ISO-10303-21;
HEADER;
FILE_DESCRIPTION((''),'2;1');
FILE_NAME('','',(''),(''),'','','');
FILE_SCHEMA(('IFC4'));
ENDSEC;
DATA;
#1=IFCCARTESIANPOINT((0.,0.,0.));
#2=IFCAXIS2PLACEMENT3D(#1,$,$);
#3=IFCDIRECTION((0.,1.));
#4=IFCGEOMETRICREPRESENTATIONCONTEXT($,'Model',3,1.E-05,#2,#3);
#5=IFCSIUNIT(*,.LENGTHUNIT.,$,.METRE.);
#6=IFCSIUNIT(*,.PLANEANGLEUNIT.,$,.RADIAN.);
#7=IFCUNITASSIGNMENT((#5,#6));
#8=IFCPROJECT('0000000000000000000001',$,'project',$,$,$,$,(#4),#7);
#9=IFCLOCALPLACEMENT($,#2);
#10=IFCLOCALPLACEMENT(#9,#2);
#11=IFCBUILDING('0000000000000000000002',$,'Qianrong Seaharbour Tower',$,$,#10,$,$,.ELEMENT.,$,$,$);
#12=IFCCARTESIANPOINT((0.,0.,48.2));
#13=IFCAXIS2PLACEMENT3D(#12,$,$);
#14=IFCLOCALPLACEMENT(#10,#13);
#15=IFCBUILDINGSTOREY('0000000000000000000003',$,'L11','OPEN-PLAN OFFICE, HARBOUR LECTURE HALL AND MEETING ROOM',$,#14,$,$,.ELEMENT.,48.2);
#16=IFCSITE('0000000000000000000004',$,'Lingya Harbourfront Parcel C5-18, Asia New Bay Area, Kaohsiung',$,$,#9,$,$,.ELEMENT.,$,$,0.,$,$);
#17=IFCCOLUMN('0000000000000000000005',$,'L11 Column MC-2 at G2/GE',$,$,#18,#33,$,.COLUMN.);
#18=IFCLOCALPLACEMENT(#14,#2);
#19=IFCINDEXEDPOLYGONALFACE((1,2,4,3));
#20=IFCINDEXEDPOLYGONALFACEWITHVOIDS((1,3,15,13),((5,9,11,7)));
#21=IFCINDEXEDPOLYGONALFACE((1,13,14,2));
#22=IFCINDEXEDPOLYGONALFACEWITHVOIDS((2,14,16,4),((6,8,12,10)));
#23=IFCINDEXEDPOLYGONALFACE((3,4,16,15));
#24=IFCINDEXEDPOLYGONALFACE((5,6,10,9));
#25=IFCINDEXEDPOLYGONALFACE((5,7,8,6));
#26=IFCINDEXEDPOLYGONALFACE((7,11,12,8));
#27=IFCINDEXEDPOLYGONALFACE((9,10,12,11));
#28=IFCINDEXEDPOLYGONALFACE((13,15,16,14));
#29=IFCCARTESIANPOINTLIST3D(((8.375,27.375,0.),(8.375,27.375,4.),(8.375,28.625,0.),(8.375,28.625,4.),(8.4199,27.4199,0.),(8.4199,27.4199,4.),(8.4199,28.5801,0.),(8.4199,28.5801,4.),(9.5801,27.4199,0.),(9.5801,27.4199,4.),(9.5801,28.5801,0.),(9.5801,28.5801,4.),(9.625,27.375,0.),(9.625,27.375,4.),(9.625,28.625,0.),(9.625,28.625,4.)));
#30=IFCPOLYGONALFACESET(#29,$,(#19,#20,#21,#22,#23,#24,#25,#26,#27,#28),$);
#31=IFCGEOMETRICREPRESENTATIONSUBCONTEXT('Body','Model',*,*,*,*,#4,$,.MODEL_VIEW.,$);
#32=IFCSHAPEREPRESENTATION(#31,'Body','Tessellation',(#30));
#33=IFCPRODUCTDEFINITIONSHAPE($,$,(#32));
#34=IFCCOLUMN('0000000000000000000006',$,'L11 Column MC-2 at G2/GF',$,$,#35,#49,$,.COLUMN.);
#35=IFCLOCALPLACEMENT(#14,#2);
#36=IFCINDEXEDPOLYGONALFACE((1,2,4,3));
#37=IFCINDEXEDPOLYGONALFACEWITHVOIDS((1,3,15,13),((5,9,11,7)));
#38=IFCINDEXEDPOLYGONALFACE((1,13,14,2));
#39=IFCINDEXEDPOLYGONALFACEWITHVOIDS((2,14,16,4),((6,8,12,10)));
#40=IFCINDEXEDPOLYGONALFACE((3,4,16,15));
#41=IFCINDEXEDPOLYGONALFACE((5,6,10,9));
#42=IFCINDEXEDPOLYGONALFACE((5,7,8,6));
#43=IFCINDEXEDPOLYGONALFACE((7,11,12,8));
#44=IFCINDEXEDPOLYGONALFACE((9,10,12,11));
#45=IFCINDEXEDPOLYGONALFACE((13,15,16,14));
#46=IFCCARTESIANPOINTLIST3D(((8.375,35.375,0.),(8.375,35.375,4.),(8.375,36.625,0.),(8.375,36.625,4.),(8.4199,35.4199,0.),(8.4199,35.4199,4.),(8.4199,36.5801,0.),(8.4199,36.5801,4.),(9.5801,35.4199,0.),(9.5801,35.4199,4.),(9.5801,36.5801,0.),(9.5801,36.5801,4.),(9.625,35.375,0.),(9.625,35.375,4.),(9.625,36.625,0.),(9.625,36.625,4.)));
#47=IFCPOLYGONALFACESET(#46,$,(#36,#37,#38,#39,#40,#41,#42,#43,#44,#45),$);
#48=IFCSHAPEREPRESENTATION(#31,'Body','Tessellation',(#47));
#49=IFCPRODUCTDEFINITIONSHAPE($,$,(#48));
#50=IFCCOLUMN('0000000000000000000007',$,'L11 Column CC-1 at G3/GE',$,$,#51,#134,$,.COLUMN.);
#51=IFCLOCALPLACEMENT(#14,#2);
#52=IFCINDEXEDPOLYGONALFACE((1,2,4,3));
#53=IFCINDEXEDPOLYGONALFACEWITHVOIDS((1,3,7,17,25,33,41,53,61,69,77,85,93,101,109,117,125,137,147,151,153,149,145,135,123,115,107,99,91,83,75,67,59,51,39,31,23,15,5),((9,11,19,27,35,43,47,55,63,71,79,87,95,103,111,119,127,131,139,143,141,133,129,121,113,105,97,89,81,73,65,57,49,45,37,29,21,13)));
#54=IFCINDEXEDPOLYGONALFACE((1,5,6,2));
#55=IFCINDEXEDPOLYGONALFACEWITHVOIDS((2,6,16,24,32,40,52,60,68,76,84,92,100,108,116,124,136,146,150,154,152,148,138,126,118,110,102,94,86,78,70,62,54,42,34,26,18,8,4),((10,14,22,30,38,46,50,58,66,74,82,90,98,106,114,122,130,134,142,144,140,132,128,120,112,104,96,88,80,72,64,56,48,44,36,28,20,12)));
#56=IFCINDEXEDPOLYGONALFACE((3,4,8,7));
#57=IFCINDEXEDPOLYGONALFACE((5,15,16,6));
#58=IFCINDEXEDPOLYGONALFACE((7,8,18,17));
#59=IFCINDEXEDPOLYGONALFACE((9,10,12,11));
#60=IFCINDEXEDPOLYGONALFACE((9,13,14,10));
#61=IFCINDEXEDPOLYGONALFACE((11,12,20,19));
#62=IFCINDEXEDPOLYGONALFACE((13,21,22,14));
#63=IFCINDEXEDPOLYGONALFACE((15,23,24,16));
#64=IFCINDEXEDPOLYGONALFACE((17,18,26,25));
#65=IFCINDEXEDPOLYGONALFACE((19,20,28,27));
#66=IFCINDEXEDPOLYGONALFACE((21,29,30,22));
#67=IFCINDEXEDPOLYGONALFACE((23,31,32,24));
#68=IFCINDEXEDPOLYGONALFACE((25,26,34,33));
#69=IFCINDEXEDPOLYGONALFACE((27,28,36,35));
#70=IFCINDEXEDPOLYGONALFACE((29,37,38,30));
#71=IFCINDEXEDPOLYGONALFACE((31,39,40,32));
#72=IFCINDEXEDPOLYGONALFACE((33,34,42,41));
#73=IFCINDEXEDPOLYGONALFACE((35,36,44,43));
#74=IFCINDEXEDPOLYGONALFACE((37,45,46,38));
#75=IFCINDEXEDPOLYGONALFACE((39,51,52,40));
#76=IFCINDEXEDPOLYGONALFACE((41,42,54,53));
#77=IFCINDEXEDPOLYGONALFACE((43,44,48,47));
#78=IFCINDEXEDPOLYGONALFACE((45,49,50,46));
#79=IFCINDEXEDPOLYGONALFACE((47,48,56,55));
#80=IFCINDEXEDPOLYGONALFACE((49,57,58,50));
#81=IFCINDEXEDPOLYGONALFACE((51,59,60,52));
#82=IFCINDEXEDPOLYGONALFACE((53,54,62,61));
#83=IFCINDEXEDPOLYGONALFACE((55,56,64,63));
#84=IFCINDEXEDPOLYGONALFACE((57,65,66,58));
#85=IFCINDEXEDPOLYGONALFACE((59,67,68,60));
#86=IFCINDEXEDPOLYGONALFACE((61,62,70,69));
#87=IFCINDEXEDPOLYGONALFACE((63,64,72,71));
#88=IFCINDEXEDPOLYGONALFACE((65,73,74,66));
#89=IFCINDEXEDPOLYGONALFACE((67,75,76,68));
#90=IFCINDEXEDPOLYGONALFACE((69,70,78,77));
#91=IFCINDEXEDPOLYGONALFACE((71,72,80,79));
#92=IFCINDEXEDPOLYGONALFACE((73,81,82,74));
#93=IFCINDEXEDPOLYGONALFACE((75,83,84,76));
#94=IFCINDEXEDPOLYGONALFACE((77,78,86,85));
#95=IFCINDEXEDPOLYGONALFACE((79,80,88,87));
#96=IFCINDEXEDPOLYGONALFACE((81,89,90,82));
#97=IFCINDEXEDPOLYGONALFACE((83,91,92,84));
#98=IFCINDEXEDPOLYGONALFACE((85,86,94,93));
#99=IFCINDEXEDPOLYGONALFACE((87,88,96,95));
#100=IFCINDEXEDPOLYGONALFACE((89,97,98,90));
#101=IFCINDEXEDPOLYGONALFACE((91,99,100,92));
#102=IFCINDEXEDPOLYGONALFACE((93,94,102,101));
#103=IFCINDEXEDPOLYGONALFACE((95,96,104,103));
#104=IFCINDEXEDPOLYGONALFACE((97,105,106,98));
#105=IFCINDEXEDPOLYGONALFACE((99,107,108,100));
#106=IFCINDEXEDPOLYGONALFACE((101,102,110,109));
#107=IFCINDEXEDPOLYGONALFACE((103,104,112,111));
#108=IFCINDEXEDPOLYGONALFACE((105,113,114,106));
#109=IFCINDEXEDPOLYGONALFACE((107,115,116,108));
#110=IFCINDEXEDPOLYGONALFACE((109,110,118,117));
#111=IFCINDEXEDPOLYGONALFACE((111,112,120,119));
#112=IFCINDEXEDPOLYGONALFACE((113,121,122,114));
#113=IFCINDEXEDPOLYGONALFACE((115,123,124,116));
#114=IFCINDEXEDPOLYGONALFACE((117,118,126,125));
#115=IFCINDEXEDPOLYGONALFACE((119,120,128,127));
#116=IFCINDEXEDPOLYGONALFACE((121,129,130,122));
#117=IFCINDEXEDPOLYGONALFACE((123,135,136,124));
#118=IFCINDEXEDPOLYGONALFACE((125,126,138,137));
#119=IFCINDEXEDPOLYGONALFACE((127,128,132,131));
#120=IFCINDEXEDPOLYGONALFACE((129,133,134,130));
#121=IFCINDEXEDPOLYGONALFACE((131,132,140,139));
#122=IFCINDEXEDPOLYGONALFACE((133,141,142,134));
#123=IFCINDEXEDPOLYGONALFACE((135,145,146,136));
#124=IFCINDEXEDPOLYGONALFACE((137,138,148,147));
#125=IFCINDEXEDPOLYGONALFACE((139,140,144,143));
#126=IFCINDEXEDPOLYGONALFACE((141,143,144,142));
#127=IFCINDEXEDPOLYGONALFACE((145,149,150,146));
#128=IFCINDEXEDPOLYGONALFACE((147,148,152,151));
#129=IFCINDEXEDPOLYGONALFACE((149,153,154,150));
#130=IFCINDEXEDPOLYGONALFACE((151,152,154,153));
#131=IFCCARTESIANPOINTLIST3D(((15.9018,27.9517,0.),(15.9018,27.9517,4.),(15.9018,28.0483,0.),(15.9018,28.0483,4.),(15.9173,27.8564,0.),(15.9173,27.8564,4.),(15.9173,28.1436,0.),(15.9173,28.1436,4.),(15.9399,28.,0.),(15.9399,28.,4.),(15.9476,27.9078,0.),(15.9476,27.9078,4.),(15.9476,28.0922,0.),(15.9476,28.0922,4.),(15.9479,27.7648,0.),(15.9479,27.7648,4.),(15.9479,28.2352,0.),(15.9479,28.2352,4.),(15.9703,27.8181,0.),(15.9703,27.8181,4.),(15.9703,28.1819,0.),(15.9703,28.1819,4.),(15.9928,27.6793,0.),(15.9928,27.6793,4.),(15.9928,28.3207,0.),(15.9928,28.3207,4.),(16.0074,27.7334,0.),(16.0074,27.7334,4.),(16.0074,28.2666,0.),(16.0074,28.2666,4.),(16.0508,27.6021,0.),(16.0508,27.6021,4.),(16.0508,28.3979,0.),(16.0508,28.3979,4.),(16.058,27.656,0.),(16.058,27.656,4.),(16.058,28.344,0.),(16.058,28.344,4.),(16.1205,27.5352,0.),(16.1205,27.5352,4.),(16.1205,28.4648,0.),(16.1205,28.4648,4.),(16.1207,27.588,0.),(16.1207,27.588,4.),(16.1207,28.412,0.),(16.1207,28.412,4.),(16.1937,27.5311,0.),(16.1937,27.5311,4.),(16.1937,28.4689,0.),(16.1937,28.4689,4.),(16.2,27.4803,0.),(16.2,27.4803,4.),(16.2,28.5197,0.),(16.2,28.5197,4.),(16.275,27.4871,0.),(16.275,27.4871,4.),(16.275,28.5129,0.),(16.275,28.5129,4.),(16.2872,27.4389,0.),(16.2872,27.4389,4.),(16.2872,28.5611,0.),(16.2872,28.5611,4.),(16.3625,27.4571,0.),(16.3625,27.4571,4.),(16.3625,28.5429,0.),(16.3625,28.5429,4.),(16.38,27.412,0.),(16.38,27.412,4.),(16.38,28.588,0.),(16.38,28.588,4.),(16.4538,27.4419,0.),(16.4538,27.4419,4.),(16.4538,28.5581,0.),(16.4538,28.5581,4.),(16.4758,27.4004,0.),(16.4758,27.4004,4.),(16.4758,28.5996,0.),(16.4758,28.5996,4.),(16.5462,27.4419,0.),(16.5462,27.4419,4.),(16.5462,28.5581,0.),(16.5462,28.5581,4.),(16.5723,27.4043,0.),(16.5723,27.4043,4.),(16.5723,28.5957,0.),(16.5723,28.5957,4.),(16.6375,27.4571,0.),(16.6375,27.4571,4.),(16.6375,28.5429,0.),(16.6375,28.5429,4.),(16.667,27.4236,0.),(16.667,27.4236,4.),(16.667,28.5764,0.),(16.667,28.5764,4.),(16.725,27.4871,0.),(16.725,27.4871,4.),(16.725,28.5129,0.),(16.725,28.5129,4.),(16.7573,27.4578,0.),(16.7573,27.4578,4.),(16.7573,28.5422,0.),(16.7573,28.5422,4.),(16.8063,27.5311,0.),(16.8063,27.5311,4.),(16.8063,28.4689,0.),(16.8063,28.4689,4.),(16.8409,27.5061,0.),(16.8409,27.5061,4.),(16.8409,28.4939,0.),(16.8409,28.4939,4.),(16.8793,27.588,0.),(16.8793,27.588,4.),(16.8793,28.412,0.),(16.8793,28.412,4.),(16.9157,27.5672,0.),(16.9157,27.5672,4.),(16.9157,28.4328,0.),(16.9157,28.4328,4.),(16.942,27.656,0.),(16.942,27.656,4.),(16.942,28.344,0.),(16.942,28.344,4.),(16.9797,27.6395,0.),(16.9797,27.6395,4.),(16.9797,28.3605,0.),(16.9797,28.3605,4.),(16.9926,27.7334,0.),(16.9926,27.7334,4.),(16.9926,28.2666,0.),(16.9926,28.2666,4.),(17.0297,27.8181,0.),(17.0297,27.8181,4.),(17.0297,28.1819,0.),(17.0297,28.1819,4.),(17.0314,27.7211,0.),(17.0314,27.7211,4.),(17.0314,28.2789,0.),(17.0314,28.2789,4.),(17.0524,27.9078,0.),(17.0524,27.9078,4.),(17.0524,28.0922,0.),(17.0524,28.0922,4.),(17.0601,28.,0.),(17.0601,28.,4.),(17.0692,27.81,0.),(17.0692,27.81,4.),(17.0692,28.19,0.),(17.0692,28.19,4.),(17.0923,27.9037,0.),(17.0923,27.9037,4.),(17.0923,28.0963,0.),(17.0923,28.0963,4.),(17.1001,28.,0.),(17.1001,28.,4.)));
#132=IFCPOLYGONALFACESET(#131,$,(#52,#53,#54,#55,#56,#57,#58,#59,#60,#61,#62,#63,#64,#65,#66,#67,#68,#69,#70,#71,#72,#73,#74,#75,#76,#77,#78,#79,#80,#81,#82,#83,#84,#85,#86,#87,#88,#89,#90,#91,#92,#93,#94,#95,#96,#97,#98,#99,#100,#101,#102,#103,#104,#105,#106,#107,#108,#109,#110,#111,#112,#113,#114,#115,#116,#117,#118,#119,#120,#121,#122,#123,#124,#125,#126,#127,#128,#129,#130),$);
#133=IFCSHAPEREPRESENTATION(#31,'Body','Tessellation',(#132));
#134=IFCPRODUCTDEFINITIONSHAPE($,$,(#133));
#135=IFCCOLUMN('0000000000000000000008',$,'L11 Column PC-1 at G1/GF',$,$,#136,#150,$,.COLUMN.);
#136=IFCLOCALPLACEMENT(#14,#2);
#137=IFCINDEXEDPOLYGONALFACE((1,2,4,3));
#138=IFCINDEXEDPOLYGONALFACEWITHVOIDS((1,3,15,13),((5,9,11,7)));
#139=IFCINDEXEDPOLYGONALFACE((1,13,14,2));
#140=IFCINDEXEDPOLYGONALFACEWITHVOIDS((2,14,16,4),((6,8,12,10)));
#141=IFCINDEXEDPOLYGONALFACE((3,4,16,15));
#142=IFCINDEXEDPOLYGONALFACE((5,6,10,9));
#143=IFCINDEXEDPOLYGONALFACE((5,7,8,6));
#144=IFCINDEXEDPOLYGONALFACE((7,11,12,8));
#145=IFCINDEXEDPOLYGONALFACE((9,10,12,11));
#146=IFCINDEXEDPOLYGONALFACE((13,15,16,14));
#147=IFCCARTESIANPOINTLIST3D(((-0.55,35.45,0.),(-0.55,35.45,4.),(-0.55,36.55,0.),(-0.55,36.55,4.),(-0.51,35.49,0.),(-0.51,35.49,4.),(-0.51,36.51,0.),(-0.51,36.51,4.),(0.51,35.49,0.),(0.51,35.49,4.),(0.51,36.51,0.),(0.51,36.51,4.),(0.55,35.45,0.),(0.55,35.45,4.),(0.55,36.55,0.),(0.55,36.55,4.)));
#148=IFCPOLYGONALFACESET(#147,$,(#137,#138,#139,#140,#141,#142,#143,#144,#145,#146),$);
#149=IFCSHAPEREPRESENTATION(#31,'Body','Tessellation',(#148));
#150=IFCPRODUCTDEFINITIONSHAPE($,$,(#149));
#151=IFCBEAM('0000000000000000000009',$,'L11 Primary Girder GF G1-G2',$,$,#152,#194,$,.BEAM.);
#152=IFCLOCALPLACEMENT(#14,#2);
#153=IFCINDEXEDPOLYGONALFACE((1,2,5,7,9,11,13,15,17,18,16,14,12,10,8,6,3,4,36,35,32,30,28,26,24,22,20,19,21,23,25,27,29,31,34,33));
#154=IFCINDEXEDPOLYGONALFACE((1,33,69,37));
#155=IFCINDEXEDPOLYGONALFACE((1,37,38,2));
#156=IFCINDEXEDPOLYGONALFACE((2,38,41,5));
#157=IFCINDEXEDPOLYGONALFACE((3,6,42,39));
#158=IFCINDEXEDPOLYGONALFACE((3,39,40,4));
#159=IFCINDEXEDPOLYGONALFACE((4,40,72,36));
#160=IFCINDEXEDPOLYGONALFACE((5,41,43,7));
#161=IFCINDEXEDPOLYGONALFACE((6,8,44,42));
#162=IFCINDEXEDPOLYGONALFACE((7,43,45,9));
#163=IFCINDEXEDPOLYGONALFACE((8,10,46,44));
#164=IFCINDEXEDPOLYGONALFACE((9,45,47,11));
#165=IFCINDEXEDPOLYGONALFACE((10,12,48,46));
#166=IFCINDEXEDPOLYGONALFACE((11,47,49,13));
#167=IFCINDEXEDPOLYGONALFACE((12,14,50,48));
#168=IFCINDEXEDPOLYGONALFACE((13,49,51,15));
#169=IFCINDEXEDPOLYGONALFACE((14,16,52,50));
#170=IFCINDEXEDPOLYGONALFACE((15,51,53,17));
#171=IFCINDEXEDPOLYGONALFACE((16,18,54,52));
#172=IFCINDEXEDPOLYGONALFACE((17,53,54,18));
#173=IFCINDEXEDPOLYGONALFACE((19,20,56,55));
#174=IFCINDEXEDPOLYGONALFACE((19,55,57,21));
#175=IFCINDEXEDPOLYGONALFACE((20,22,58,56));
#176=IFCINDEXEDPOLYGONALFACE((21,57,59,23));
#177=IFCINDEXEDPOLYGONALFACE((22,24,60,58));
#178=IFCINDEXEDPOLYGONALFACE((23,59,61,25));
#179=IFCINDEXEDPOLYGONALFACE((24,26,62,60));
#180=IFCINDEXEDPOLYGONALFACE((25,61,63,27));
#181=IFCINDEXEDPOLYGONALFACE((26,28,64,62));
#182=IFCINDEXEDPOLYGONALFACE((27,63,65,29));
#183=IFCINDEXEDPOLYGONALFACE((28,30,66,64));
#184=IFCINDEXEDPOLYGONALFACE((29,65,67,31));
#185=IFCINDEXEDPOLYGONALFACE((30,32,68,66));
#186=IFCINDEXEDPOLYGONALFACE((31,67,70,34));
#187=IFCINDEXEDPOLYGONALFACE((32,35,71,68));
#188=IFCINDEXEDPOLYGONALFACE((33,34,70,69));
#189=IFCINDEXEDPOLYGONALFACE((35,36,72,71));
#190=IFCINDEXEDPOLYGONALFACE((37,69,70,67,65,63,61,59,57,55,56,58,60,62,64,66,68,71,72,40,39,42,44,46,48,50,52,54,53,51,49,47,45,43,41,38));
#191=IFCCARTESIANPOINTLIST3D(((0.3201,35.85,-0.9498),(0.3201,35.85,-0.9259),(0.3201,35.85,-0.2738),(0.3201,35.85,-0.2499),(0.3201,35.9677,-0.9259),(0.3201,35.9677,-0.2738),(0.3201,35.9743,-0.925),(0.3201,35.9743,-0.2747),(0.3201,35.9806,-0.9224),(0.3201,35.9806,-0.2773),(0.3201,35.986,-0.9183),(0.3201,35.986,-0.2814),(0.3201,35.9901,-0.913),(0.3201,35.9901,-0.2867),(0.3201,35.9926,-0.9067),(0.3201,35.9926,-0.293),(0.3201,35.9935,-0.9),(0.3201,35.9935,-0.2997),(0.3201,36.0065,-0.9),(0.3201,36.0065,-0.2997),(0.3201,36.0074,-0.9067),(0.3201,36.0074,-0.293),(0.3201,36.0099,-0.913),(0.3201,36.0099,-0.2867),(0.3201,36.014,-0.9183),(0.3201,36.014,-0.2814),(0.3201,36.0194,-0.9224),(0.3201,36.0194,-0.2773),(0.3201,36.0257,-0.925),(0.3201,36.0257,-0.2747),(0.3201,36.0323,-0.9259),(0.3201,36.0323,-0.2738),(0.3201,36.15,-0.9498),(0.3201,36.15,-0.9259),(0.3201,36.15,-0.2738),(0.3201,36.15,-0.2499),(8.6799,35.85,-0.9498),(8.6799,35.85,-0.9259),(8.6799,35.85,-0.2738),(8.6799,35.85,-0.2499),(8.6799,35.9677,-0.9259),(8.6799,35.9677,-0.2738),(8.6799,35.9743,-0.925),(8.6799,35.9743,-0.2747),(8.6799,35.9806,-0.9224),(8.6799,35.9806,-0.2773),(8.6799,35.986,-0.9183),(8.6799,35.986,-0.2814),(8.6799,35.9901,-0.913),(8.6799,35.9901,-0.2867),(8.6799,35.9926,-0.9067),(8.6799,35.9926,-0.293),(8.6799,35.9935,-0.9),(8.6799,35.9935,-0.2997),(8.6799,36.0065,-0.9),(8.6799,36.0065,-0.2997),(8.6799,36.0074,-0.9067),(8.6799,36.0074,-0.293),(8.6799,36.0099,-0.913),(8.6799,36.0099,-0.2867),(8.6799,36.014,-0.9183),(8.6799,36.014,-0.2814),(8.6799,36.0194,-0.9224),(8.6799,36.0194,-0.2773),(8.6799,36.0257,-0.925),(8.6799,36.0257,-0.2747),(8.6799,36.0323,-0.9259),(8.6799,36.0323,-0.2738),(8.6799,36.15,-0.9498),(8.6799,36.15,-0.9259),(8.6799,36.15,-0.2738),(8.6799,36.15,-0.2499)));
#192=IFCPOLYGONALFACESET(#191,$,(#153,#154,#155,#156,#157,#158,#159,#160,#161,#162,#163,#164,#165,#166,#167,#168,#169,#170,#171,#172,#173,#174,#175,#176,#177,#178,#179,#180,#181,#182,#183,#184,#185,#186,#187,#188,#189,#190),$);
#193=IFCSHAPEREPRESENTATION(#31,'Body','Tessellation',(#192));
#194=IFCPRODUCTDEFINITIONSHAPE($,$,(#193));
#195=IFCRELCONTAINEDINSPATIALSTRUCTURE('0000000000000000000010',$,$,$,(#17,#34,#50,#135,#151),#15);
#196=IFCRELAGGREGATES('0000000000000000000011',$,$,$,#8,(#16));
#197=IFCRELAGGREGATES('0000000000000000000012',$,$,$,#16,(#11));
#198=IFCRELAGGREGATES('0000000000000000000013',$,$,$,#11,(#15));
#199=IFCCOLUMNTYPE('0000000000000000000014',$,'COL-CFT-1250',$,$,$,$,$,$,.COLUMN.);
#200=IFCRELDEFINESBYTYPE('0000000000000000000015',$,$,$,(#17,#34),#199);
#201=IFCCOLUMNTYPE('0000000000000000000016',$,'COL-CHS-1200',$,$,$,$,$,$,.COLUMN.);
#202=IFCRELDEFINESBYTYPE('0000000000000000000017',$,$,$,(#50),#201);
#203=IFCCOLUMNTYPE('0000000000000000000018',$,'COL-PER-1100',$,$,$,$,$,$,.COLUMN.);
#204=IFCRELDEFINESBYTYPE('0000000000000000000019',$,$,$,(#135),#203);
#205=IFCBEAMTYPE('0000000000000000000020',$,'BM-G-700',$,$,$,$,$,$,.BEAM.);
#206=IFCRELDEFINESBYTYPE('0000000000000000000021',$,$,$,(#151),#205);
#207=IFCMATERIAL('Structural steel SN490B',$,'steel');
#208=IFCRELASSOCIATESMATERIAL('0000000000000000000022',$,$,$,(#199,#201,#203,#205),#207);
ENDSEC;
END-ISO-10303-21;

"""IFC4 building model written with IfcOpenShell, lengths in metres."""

from ifc_helpers import new_model, si_unit, direction, frame, origin, origin_2d, place, context, subcontext, project, spatial, hollow_rectangle, hollow_circle, i_section, extrude, material, material_profile, profile_set, type_object, element, save


model = new_model("IFC4")

# Units and contexts
model_context = context("Model", 3, precision=1e-05, world=origin(), true_north=direction((0.0, 1.0)))
body_context = subcontext(model_context, "Body", "Model", "MODEL_VIEW")
ifc_project = project(units=[si_unit("LENGTHUNIT", "METRE"), si_unit("PLANEANGLEUNIT", "RADIAN")], contexts=[model_context])

# Site, building, storey
site_placement = place(None, origin())
site = spatial("IfcSite", under=ifc_project, at=site_placement, Name="Lingya Harbourfront Parcel C5-18, Asia New Bay Area, Kaohsiung", CompositionType="ELEMENT", RefElevation=0.0)
building_placement = place(site_placement, origin())
building = spatial("IfcBuilding", under=site, at=building_placement, Name="Qianrong Seaharbour Tower", CompositionType="ELEMENT")
storey_placement = place(building_placement, frame((0.0, 0.0, 48.2)))
storey = spatial("IfcBuildingStorey", under=building, at=storey_placement, Name="L11", Description="OPEN-PLAN OFFICE, HARBOUR LECTURE HALL AND MEETING ROOM", CompositionType="ELEMENT", Elevation=48.2)

# Columns
ifc_material_1 = material(Name="Structural steel SN490B", Category="steel")
ifc_material_profile_1 = material_profile(ifc_material_1, hollow_rectangle(XDim=1.25, YDim=1.25, WallThickness=0.0449, at=origin_2d()), Name="BOX1250x1250x45")
ifc_profile_set_1 = profile_set([ifc_material_profile_1], Name="Structural steel SN490B")
column_type_1 = type_object("IfcColumnType", Name="COL-CFT-1250", PredefinedType="COLUMN", material=ifc_profile_set_1)
for number, where, z_axis, x_axis, name in (
    (1, (9.0, 28.0, 0.0), (0.0, 0.0, 1.0), (1.0, 0.0, 0.0), "L11 Column MC-2 at G2/GE"),
    (2, (9.0, 36.0, 0.0), (0.0, 0.0, 1.0), (1.0, 0.0, 0.0), "L11 Column MC-2 at G2/GF"),
):
    element("IfcColumn", number, at=place(storey_placement, frame(where, z_axis=z_axis, x_axis=x_axis)), inside=storey, type_object=column_type_1, Name=name, PredefinedType="COLUMN", context=body_context, shape_type="SweptSolid", body=[
        extrude(hollow_rectangle(XDim=1.25, YDim=1.25, WallThickness=0.0449, at=origin_2d()), origin(), (0.0, 0.0, 1.0), 4.0),
    ])
ifc_material_profile_2 = material_profile(ifc_material_1, hollow_circle(Radius=0.6001, WallThickness=0.04, at=origin_2d()), Name="CHS1200x40")
ifc_profile_set_2 = profile_set([ifc_material_profile_2], Name="Structural steel SN490B")
column_type_2 = type_object("IfcColumnType", Name="COL-CHS-1200", PredefinedType="COLUMN", material=ifc_profile_set_2)
column_1_placement = place(storey_placement, frame((16.5, 28.0, 0.0), z_axis=(0.0, 0.0, 1.0), x_axis=(1.0, 0.0, 0.0)))
element("IfcColumn", 3, at=column_1_placement, inside=storey, type_object=column_type_2, Name="L11 Column CC-1 at G3/GE", PredefinedType="COLUMN", context=body_context, shape_type="SweptSolid", body=[
    extrude(hollow_circle(Radius=0.6001, WallThickness=0.04, at=origin_2d()), origin(), (0.0, 0.0, 1.0), 4.0),
])
ifc_material_profile_3 = material_profile(ifc_material_1, hollow_rectangle(XDim=1.1001, YDim=1.1001, WallThickness=0.04, at=origin_2d()), Name="BOX1100x1100x40")
ifc_profile_set_3 = profile_set([ifc_material_profile_3], Name="Structural steel SN490B")
column_type_3 = type_object("IfcColumnType", Name="COL-PER-1100", PredefinedType="COLUMN", material=ifc_profile_set_3)
column_2_placement = place(storey_placement, frame((0.0, 36.0, 0.0), z_axis=(0.0, 0.0, 1.0), x_axis=(1.0, 0.0, 0.0)))
element("IfcColumn", 4, at=column_2_placement, inside=storey, type_object=column_type_3, Name="L11 Column PC-1 at G1/GF", PredefinedType="COLUMN", context=body_context, shape_type="SweptSolid", body=[
    extrude(hollow_rectangle(XDim=1.1001, YDim=1.1001, WallThickness=0.04, at=origin_2d()), origin(), (0.0, 0.0, 1.0), 4.0),
])

# Beam
ifc_material_profile_4 = material_profile(ifc_material_1, i_section(OverallWidth=0.3, OverallDepth=0.7, WebThickness=0.0129, FlangeThickness=0.0239, FilletRadius=0.0259, at=origin_2d()), Name="H700x300x13x24")
ifc_profile_set_4 = profile_set([ifc_material_profile_4], Name="Structural steel SN490B")
beam_type_1 = type_object("IfcBeamType", Name="BM-G-700", PredefinedType="BEAM", material=ifc_profile_set_4)
beam_1_placement = place(storey_placement, frame((0.3201, 36.0, -0.5999), z_axis=(1.0, 0.0, 0.0), x_axis=(0.0, 1.0, 0.0)))
element("IfcBeam", 5, at=beam_1_placement, inside=storey, type_object=beam_type_1, Name="L11 Primary Girder GF G1-G2", PredefinedType="BEAM", context=body_context, shape_type="SweptSolid", body=[
    extrude(i_section(OverallWidth=0.3, OverallDepth=0.7, WebThickness=0.0129, FlangeThickness=0.0239, FilletRadius=0.0259, at=origin_2d()), origin(), (0.0, 0.0, 1.0), 8.3599),
])

save(model, "model.ifc")
